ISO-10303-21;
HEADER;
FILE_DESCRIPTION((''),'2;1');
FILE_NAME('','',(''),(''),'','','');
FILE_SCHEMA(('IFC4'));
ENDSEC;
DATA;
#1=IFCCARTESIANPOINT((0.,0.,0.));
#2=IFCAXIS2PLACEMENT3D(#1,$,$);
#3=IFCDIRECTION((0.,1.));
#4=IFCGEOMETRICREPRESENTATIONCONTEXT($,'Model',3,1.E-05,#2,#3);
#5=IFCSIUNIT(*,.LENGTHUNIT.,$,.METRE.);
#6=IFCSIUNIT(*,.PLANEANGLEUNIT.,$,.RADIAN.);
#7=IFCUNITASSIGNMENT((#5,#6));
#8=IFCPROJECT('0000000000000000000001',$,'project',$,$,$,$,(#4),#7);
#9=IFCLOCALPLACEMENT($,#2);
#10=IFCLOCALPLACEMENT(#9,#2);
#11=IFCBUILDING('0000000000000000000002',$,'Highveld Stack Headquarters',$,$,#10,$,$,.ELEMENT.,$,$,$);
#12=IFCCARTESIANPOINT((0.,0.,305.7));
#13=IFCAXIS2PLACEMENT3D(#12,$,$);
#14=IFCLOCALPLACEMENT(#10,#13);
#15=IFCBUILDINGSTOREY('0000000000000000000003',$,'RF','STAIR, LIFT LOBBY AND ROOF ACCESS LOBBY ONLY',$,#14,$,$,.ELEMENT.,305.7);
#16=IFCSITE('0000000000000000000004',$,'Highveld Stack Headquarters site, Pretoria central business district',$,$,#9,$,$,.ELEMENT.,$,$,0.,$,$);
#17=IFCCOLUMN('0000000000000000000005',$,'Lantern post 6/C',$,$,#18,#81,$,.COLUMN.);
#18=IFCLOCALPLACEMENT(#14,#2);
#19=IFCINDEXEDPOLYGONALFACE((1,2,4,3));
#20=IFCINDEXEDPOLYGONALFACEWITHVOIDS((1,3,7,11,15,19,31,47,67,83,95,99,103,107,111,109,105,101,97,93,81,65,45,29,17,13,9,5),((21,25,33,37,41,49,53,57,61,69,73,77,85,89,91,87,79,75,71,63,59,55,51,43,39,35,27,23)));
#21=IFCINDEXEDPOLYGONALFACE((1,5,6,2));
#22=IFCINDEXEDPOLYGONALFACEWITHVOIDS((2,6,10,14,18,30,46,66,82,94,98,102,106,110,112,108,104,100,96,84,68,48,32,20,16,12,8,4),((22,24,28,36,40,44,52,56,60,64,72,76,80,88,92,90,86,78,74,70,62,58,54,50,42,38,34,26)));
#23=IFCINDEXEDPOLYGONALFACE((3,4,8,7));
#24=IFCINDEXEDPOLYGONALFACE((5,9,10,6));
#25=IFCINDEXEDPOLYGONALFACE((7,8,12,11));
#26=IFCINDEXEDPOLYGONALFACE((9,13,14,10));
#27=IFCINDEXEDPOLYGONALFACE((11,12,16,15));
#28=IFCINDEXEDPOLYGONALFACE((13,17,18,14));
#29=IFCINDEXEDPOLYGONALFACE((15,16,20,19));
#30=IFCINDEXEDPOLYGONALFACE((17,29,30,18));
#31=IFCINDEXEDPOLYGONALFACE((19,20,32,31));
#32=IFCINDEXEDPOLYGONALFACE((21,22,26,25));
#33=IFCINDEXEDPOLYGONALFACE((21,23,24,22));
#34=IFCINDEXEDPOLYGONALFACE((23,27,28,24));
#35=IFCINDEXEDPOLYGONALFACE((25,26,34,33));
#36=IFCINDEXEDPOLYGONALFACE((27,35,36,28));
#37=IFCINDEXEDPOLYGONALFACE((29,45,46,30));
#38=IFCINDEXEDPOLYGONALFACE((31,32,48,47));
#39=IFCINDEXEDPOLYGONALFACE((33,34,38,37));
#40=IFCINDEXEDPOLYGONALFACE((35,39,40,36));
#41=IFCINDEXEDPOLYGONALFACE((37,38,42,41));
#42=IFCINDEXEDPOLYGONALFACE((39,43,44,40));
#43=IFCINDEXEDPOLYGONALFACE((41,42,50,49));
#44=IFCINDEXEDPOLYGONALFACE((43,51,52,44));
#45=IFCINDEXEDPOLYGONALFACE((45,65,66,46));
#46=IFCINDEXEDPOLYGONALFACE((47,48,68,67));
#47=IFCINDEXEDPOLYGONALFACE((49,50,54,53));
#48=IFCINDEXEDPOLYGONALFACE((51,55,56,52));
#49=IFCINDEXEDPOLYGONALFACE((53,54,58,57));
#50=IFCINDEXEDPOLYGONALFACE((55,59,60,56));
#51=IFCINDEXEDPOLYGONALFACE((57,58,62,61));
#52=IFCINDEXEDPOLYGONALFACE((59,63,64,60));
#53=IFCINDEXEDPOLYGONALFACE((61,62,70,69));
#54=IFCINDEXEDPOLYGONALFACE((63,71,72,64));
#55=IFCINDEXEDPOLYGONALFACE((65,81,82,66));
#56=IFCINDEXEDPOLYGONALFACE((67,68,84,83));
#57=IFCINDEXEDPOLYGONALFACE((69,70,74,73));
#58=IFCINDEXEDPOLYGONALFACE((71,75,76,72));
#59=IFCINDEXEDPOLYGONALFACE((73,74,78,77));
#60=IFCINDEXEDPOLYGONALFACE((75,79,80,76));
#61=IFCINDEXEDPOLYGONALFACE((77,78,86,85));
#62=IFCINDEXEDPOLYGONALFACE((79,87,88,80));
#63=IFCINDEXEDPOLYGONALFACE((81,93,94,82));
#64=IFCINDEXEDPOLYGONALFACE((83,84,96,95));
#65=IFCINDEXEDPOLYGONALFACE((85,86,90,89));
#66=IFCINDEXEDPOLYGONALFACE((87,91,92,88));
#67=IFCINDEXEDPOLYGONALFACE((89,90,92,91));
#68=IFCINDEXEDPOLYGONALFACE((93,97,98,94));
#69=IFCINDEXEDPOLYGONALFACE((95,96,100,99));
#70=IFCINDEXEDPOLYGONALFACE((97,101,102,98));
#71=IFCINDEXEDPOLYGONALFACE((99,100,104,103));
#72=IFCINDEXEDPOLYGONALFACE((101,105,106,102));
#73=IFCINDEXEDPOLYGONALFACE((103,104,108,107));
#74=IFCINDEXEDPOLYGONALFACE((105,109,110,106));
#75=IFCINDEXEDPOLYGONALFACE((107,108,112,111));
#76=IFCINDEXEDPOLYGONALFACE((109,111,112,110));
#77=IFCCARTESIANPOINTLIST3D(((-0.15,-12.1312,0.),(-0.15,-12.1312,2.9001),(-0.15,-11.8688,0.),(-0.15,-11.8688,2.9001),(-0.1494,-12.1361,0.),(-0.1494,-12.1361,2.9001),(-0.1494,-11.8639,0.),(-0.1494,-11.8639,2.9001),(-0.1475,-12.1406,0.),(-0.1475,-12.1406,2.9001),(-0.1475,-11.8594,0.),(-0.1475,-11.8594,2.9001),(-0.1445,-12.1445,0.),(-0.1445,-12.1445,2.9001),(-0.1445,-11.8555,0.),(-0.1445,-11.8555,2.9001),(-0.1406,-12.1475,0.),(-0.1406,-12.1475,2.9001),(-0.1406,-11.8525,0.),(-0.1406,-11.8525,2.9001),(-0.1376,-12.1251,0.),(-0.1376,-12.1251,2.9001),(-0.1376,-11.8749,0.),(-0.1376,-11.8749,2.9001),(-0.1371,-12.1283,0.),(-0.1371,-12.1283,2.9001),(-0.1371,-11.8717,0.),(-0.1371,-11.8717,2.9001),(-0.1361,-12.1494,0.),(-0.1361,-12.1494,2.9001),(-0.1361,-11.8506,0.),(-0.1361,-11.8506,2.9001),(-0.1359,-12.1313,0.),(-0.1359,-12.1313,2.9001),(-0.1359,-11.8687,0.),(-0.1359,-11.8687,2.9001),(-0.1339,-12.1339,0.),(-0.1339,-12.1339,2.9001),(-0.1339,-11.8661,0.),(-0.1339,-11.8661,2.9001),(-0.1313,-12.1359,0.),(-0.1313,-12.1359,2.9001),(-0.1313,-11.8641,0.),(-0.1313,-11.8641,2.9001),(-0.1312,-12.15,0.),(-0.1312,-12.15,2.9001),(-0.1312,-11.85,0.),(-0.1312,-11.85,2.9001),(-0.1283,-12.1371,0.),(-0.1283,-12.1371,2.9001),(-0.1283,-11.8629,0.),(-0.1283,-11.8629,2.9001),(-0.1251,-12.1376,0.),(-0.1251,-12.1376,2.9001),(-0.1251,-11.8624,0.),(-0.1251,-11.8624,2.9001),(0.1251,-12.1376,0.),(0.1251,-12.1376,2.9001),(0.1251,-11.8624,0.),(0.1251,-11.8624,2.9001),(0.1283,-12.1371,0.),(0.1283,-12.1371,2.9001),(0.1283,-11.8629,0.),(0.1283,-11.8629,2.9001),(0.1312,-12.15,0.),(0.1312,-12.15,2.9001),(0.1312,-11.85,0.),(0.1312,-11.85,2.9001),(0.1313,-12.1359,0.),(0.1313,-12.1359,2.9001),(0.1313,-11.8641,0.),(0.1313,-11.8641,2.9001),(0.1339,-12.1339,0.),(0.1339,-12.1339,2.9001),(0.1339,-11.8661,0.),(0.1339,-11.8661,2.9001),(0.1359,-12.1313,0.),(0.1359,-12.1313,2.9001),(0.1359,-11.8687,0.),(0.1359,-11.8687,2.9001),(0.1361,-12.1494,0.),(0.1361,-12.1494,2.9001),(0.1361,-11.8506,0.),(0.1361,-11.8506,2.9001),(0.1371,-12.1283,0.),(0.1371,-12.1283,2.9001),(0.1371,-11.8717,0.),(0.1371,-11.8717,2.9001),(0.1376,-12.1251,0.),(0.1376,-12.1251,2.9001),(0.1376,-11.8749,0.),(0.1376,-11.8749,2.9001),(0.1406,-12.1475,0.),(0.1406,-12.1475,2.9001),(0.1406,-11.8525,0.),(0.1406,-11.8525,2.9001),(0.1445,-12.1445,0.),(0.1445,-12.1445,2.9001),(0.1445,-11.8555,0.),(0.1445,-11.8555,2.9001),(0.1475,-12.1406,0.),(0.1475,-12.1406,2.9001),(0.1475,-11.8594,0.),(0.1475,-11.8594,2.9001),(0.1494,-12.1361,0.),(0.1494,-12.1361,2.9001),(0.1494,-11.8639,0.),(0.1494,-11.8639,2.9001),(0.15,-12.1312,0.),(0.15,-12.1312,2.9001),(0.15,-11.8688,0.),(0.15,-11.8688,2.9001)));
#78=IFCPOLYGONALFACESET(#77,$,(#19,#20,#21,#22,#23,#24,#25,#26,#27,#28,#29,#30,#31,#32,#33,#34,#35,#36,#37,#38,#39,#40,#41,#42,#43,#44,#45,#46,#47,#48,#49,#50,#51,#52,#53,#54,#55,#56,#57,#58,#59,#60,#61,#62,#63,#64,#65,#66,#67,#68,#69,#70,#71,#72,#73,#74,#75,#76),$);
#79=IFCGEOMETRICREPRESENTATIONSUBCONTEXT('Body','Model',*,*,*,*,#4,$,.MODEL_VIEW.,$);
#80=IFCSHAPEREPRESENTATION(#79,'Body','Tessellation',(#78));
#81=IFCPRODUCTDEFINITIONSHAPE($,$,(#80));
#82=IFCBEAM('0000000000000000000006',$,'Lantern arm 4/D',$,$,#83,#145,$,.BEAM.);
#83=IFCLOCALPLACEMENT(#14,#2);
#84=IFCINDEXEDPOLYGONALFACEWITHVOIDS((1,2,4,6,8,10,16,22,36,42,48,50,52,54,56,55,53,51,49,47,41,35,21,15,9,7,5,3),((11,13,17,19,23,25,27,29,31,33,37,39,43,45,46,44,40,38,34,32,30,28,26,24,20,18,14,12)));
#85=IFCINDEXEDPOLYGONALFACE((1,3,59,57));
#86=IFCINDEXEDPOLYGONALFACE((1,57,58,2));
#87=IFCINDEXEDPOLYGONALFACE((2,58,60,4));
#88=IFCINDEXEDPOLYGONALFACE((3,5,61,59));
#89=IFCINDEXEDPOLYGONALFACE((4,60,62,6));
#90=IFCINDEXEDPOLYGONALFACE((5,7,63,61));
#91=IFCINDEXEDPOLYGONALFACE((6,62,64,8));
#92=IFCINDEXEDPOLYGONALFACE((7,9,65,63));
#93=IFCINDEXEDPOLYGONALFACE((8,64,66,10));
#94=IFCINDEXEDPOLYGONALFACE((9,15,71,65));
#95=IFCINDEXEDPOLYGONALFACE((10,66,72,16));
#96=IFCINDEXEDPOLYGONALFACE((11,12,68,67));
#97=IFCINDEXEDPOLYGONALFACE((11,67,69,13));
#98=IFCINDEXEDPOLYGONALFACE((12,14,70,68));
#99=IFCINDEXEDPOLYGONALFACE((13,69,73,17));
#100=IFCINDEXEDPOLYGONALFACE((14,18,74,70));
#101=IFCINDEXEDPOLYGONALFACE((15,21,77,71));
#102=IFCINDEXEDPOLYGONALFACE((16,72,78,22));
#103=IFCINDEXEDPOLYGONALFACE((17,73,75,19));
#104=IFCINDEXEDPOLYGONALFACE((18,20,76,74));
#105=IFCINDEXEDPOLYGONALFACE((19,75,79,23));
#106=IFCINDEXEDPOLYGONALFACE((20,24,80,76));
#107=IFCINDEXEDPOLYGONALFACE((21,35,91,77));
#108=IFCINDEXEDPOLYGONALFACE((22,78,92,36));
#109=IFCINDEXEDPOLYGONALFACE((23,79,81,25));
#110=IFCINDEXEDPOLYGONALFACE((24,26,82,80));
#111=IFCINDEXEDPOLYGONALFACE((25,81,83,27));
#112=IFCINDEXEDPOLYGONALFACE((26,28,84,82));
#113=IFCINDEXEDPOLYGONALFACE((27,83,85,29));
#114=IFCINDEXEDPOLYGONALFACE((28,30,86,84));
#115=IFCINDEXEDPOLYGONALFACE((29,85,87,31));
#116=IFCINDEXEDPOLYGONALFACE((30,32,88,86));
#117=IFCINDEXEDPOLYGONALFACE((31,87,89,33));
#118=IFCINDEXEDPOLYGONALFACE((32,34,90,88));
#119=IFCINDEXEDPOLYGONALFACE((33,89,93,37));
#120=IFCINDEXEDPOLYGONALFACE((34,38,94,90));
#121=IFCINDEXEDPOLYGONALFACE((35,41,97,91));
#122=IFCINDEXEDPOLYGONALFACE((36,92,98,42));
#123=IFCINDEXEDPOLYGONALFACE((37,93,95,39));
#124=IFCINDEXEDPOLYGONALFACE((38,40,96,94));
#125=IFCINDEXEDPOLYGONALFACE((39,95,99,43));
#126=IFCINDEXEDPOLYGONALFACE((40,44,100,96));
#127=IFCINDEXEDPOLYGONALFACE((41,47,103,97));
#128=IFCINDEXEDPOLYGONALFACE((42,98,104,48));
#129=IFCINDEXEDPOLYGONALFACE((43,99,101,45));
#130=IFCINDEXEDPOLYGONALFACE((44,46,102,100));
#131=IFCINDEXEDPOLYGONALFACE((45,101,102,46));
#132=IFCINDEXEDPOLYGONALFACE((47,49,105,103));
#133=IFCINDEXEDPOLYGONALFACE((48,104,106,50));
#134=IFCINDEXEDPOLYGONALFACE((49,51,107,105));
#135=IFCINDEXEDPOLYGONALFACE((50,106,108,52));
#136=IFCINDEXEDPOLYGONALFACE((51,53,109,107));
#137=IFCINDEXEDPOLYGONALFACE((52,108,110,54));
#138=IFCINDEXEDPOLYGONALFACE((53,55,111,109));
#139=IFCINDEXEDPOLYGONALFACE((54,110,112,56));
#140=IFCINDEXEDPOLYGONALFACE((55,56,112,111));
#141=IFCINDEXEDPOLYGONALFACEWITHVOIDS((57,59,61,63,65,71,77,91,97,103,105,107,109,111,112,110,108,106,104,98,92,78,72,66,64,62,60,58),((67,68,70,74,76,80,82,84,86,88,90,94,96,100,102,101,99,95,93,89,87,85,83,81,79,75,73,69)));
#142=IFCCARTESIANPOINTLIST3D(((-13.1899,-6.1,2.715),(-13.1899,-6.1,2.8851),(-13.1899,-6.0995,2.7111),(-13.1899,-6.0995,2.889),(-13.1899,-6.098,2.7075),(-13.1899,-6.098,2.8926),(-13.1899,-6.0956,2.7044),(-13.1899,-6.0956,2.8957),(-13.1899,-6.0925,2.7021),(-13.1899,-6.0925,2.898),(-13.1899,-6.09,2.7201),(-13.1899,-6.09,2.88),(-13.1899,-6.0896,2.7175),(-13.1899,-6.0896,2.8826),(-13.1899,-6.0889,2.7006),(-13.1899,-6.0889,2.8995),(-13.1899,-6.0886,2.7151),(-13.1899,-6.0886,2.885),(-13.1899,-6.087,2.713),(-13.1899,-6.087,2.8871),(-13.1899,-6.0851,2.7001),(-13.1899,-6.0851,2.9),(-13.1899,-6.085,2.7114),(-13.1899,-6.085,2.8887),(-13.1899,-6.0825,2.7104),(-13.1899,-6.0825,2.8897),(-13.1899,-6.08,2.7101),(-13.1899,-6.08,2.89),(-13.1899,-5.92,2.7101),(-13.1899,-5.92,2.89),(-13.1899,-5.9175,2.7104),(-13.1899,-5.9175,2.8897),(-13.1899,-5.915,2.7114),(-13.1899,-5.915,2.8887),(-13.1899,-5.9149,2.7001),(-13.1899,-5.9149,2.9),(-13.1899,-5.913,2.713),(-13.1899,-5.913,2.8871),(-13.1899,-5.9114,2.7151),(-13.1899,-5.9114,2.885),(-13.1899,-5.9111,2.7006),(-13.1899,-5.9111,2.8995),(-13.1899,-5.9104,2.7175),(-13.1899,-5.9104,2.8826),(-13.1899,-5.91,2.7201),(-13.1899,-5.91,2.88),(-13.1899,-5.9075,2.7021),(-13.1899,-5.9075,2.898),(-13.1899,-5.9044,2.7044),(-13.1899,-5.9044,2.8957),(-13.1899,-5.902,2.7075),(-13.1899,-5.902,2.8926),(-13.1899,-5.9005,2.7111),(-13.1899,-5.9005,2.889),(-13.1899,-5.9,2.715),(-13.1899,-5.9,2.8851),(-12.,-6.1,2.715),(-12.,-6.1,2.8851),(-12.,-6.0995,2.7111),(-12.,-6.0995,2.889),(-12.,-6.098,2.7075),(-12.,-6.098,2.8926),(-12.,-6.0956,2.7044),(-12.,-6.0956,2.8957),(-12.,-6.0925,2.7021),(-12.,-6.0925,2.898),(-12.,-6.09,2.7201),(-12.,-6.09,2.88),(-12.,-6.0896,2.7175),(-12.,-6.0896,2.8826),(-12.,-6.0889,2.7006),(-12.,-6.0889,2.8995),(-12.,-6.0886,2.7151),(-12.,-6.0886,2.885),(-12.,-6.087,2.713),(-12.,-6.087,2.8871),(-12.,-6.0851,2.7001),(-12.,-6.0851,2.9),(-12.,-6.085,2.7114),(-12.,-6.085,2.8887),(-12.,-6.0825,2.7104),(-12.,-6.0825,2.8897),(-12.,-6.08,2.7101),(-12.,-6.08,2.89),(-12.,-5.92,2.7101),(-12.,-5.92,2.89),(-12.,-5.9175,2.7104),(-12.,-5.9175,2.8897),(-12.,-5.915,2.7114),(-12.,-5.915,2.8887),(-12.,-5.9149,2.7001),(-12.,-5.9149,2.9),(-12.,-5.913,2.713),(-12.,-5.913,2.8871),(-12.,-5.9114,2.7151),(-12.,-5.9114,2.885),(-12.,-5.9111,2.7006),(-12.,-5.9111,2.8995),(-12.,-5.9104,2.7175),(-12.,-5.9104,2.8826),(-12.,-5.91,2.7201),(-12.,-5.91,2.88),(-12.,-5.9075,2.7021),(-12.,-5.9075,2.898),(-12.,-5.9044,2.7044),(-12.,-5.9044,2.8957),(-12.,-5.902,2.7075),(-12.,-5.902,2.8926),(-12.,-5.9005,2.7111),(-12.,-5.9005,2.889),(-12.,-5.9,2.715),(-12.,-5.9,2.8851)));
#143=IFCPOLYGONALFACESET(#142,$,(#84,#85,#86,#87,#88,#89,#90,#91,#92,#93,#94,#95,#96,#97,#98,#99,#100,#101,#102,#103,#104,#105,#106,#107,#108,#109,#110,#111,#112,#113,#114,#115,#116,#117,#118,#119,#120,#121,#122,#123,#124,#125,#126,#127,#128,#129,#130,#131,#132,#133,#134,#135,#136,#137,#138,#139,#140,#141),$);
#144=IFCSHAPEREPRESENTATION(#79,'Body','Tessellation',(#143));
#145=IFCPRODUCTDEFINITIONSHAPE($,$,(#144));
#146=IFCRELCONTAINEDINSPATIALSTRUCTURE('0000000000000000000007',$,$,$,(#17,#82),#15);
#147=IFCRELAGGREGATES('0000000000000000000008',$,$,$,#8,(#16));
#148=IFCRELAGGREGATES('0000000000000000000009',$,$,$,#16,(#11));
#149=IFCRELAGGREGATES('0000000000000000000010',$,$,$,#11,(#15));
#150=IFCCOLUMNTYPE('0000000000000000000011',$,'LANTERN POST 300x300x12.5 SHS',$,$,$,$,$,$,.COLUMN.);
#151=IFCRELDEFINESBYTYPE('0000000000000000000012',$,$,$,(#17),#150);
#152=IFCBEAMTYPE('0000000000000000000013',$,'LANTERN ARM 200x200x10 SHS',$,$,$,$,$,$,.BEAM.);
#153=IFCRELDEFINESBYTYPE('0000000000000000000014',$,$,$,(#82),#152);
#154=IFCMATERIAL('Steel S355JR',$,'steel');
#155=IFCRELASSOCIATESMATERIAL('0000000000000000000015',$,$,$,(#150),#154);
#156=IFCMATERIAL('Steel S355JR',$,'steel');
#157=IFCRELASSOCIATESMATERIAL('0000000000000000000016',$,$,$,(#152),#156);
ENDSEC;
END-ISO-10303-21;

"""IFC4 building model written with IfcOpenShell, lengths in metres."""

from ifc_helpers import new_model, si_unit, direction, frame, origin, origin_2d, place, context, subcontext, project, spatial, hollow_rectangle, extrude, material, material_profile, profile_set, type_object, element, save


model = new_model("IFC4")

# Units and contexts
model_context = context("Model", 3, precision=1e-05, world=origin(), true_north=direction((0.0, 1.0)))
body_context = subcontext(model_context, "Body", "Model", "MODEL_VIEW")
ifc_project = project(units=[si_unit("LENGTHUNIT", "METRE"), si_unit("PLANEANGLEUNIT", "RADIAN")], contexts=[model_context])

# Site, building, storey
site_placement = place(None, origin())
site = spatial("IfcSite", under=ifc_project, at=site_placement, Name="Highveld Stack Headquarters site, Pretoria central business district", CompositionType="ELEMENT", RefElevation=0.0)
building_placement = place(site_placement, origin())
building = spatial("IfcBuilding", under=site, at=building_placement, Name="Highveld Stack Headquarters", CompositionType="ELEMENT")
storey_placement = place(building_placement, frame((0.0, 0.0, 305.7)))
storey = spatial("IfcBuildingStorey", under=building, at=storey_placement, Name="RF", Description="STAIR, LIFT LOBBY AND ROOF ACCESS LOBBY ONLY", CompositionType="ELEMENT", Elevation=305.7)

# Column
ifc_material_1 = material(Name="Steel S355JR", Category="steel")
ifc_material_profile_1 = material_profile(ifc_material_1, hollow_rectangle(XDim=0.3, YDim=0.3, WallThickness=0.0125, InnerFilletRadius=0.0125, OuterFilletRadius=0.0188, at=origin_2d()), Name="300x300x12.5 SHS")
ifc_profile_set_1 = profile_set([ifc_material_profile_1], Name="Steel S355JR")
column_type = type_object("IfcColumnType", Name="LANTERN POST 300x300x12.5 SHS", PredefinedType="COLUMN", material=ifc_profile_set_1)
for number, where, z_axis, x_axis, name in (
    (1, (0.0, -12.0, 0.0), (0.0, 0.0, 1.0), (1.0, 0.0, 0.0), "Lantern post 6/C"),
):
    element("IfcColumn", number, at=place(storey_placement, frame(where, z_axis=z_axis, x_axis=x_axis)), inside=storey, type_object=column_type, Name=name, PredefinedType="COLUMN", context=body_context, shape_type="SweptSolid", body=[
        extrude(hollow_rectangle(XDim=0.3, YDim=0.3, WallThickness=0.0125, InnerFilletRadius=0.0125, OuterFilletRadius=0.0188, at=origin_2d()), origin(), (0.0, 0.0, 1.0), 2.9001),
    ])

# Beam
ifc_material_2 = material(Name="Steel S355JR", Category="steel")
ifc_material_profile_2 = material_profile(ifc_material_2, hollow_rectangle(XDim=0.2, YDim=0.2, WallThickness=0.01, InnerFilletRadius=0.01, OuterFilletRadius=0.0149, at=origin_2d()), Name="200x200x10 SHS")
ifc_profile_set_2 = profile_set([ifc_material_profile_2], Name="Steel S355JR")
beam_type_1 = type_object("IfcBeamType", Name="LANTERN ARM 200x200x10 SHS", PredefinedType="BEAM", material=ifc_profile_set_2)
for number, where, z_axis, x_axis, name in (
    (2, (-12.0, -6.0, 2.8), (-1.0, 0.0, 0.0), (0.0, -1.0, 0.0), "Lantern arm 4/D"),
):
    element("IfcBeam", number, at=place(storey_placement, frame(where, z_axis=z_axis, x_axis=x_axis)), inside=storey, type_object=beam_type_1, Name=name, PredefinedType="BEAM", context=body_context, shape_type="SweptSolid", body=[
        extrude(hollow_rectangle(XDim=0.2, YDim=0.2, WallThickness=0.01, InnerFilletRadius=0.01, OuterFilletRadius=0.0149, at=origin_2d()), origin(), (0.0, 0.0, 1.0), 1.1899),
    ])

save(model, "model.ifc")
